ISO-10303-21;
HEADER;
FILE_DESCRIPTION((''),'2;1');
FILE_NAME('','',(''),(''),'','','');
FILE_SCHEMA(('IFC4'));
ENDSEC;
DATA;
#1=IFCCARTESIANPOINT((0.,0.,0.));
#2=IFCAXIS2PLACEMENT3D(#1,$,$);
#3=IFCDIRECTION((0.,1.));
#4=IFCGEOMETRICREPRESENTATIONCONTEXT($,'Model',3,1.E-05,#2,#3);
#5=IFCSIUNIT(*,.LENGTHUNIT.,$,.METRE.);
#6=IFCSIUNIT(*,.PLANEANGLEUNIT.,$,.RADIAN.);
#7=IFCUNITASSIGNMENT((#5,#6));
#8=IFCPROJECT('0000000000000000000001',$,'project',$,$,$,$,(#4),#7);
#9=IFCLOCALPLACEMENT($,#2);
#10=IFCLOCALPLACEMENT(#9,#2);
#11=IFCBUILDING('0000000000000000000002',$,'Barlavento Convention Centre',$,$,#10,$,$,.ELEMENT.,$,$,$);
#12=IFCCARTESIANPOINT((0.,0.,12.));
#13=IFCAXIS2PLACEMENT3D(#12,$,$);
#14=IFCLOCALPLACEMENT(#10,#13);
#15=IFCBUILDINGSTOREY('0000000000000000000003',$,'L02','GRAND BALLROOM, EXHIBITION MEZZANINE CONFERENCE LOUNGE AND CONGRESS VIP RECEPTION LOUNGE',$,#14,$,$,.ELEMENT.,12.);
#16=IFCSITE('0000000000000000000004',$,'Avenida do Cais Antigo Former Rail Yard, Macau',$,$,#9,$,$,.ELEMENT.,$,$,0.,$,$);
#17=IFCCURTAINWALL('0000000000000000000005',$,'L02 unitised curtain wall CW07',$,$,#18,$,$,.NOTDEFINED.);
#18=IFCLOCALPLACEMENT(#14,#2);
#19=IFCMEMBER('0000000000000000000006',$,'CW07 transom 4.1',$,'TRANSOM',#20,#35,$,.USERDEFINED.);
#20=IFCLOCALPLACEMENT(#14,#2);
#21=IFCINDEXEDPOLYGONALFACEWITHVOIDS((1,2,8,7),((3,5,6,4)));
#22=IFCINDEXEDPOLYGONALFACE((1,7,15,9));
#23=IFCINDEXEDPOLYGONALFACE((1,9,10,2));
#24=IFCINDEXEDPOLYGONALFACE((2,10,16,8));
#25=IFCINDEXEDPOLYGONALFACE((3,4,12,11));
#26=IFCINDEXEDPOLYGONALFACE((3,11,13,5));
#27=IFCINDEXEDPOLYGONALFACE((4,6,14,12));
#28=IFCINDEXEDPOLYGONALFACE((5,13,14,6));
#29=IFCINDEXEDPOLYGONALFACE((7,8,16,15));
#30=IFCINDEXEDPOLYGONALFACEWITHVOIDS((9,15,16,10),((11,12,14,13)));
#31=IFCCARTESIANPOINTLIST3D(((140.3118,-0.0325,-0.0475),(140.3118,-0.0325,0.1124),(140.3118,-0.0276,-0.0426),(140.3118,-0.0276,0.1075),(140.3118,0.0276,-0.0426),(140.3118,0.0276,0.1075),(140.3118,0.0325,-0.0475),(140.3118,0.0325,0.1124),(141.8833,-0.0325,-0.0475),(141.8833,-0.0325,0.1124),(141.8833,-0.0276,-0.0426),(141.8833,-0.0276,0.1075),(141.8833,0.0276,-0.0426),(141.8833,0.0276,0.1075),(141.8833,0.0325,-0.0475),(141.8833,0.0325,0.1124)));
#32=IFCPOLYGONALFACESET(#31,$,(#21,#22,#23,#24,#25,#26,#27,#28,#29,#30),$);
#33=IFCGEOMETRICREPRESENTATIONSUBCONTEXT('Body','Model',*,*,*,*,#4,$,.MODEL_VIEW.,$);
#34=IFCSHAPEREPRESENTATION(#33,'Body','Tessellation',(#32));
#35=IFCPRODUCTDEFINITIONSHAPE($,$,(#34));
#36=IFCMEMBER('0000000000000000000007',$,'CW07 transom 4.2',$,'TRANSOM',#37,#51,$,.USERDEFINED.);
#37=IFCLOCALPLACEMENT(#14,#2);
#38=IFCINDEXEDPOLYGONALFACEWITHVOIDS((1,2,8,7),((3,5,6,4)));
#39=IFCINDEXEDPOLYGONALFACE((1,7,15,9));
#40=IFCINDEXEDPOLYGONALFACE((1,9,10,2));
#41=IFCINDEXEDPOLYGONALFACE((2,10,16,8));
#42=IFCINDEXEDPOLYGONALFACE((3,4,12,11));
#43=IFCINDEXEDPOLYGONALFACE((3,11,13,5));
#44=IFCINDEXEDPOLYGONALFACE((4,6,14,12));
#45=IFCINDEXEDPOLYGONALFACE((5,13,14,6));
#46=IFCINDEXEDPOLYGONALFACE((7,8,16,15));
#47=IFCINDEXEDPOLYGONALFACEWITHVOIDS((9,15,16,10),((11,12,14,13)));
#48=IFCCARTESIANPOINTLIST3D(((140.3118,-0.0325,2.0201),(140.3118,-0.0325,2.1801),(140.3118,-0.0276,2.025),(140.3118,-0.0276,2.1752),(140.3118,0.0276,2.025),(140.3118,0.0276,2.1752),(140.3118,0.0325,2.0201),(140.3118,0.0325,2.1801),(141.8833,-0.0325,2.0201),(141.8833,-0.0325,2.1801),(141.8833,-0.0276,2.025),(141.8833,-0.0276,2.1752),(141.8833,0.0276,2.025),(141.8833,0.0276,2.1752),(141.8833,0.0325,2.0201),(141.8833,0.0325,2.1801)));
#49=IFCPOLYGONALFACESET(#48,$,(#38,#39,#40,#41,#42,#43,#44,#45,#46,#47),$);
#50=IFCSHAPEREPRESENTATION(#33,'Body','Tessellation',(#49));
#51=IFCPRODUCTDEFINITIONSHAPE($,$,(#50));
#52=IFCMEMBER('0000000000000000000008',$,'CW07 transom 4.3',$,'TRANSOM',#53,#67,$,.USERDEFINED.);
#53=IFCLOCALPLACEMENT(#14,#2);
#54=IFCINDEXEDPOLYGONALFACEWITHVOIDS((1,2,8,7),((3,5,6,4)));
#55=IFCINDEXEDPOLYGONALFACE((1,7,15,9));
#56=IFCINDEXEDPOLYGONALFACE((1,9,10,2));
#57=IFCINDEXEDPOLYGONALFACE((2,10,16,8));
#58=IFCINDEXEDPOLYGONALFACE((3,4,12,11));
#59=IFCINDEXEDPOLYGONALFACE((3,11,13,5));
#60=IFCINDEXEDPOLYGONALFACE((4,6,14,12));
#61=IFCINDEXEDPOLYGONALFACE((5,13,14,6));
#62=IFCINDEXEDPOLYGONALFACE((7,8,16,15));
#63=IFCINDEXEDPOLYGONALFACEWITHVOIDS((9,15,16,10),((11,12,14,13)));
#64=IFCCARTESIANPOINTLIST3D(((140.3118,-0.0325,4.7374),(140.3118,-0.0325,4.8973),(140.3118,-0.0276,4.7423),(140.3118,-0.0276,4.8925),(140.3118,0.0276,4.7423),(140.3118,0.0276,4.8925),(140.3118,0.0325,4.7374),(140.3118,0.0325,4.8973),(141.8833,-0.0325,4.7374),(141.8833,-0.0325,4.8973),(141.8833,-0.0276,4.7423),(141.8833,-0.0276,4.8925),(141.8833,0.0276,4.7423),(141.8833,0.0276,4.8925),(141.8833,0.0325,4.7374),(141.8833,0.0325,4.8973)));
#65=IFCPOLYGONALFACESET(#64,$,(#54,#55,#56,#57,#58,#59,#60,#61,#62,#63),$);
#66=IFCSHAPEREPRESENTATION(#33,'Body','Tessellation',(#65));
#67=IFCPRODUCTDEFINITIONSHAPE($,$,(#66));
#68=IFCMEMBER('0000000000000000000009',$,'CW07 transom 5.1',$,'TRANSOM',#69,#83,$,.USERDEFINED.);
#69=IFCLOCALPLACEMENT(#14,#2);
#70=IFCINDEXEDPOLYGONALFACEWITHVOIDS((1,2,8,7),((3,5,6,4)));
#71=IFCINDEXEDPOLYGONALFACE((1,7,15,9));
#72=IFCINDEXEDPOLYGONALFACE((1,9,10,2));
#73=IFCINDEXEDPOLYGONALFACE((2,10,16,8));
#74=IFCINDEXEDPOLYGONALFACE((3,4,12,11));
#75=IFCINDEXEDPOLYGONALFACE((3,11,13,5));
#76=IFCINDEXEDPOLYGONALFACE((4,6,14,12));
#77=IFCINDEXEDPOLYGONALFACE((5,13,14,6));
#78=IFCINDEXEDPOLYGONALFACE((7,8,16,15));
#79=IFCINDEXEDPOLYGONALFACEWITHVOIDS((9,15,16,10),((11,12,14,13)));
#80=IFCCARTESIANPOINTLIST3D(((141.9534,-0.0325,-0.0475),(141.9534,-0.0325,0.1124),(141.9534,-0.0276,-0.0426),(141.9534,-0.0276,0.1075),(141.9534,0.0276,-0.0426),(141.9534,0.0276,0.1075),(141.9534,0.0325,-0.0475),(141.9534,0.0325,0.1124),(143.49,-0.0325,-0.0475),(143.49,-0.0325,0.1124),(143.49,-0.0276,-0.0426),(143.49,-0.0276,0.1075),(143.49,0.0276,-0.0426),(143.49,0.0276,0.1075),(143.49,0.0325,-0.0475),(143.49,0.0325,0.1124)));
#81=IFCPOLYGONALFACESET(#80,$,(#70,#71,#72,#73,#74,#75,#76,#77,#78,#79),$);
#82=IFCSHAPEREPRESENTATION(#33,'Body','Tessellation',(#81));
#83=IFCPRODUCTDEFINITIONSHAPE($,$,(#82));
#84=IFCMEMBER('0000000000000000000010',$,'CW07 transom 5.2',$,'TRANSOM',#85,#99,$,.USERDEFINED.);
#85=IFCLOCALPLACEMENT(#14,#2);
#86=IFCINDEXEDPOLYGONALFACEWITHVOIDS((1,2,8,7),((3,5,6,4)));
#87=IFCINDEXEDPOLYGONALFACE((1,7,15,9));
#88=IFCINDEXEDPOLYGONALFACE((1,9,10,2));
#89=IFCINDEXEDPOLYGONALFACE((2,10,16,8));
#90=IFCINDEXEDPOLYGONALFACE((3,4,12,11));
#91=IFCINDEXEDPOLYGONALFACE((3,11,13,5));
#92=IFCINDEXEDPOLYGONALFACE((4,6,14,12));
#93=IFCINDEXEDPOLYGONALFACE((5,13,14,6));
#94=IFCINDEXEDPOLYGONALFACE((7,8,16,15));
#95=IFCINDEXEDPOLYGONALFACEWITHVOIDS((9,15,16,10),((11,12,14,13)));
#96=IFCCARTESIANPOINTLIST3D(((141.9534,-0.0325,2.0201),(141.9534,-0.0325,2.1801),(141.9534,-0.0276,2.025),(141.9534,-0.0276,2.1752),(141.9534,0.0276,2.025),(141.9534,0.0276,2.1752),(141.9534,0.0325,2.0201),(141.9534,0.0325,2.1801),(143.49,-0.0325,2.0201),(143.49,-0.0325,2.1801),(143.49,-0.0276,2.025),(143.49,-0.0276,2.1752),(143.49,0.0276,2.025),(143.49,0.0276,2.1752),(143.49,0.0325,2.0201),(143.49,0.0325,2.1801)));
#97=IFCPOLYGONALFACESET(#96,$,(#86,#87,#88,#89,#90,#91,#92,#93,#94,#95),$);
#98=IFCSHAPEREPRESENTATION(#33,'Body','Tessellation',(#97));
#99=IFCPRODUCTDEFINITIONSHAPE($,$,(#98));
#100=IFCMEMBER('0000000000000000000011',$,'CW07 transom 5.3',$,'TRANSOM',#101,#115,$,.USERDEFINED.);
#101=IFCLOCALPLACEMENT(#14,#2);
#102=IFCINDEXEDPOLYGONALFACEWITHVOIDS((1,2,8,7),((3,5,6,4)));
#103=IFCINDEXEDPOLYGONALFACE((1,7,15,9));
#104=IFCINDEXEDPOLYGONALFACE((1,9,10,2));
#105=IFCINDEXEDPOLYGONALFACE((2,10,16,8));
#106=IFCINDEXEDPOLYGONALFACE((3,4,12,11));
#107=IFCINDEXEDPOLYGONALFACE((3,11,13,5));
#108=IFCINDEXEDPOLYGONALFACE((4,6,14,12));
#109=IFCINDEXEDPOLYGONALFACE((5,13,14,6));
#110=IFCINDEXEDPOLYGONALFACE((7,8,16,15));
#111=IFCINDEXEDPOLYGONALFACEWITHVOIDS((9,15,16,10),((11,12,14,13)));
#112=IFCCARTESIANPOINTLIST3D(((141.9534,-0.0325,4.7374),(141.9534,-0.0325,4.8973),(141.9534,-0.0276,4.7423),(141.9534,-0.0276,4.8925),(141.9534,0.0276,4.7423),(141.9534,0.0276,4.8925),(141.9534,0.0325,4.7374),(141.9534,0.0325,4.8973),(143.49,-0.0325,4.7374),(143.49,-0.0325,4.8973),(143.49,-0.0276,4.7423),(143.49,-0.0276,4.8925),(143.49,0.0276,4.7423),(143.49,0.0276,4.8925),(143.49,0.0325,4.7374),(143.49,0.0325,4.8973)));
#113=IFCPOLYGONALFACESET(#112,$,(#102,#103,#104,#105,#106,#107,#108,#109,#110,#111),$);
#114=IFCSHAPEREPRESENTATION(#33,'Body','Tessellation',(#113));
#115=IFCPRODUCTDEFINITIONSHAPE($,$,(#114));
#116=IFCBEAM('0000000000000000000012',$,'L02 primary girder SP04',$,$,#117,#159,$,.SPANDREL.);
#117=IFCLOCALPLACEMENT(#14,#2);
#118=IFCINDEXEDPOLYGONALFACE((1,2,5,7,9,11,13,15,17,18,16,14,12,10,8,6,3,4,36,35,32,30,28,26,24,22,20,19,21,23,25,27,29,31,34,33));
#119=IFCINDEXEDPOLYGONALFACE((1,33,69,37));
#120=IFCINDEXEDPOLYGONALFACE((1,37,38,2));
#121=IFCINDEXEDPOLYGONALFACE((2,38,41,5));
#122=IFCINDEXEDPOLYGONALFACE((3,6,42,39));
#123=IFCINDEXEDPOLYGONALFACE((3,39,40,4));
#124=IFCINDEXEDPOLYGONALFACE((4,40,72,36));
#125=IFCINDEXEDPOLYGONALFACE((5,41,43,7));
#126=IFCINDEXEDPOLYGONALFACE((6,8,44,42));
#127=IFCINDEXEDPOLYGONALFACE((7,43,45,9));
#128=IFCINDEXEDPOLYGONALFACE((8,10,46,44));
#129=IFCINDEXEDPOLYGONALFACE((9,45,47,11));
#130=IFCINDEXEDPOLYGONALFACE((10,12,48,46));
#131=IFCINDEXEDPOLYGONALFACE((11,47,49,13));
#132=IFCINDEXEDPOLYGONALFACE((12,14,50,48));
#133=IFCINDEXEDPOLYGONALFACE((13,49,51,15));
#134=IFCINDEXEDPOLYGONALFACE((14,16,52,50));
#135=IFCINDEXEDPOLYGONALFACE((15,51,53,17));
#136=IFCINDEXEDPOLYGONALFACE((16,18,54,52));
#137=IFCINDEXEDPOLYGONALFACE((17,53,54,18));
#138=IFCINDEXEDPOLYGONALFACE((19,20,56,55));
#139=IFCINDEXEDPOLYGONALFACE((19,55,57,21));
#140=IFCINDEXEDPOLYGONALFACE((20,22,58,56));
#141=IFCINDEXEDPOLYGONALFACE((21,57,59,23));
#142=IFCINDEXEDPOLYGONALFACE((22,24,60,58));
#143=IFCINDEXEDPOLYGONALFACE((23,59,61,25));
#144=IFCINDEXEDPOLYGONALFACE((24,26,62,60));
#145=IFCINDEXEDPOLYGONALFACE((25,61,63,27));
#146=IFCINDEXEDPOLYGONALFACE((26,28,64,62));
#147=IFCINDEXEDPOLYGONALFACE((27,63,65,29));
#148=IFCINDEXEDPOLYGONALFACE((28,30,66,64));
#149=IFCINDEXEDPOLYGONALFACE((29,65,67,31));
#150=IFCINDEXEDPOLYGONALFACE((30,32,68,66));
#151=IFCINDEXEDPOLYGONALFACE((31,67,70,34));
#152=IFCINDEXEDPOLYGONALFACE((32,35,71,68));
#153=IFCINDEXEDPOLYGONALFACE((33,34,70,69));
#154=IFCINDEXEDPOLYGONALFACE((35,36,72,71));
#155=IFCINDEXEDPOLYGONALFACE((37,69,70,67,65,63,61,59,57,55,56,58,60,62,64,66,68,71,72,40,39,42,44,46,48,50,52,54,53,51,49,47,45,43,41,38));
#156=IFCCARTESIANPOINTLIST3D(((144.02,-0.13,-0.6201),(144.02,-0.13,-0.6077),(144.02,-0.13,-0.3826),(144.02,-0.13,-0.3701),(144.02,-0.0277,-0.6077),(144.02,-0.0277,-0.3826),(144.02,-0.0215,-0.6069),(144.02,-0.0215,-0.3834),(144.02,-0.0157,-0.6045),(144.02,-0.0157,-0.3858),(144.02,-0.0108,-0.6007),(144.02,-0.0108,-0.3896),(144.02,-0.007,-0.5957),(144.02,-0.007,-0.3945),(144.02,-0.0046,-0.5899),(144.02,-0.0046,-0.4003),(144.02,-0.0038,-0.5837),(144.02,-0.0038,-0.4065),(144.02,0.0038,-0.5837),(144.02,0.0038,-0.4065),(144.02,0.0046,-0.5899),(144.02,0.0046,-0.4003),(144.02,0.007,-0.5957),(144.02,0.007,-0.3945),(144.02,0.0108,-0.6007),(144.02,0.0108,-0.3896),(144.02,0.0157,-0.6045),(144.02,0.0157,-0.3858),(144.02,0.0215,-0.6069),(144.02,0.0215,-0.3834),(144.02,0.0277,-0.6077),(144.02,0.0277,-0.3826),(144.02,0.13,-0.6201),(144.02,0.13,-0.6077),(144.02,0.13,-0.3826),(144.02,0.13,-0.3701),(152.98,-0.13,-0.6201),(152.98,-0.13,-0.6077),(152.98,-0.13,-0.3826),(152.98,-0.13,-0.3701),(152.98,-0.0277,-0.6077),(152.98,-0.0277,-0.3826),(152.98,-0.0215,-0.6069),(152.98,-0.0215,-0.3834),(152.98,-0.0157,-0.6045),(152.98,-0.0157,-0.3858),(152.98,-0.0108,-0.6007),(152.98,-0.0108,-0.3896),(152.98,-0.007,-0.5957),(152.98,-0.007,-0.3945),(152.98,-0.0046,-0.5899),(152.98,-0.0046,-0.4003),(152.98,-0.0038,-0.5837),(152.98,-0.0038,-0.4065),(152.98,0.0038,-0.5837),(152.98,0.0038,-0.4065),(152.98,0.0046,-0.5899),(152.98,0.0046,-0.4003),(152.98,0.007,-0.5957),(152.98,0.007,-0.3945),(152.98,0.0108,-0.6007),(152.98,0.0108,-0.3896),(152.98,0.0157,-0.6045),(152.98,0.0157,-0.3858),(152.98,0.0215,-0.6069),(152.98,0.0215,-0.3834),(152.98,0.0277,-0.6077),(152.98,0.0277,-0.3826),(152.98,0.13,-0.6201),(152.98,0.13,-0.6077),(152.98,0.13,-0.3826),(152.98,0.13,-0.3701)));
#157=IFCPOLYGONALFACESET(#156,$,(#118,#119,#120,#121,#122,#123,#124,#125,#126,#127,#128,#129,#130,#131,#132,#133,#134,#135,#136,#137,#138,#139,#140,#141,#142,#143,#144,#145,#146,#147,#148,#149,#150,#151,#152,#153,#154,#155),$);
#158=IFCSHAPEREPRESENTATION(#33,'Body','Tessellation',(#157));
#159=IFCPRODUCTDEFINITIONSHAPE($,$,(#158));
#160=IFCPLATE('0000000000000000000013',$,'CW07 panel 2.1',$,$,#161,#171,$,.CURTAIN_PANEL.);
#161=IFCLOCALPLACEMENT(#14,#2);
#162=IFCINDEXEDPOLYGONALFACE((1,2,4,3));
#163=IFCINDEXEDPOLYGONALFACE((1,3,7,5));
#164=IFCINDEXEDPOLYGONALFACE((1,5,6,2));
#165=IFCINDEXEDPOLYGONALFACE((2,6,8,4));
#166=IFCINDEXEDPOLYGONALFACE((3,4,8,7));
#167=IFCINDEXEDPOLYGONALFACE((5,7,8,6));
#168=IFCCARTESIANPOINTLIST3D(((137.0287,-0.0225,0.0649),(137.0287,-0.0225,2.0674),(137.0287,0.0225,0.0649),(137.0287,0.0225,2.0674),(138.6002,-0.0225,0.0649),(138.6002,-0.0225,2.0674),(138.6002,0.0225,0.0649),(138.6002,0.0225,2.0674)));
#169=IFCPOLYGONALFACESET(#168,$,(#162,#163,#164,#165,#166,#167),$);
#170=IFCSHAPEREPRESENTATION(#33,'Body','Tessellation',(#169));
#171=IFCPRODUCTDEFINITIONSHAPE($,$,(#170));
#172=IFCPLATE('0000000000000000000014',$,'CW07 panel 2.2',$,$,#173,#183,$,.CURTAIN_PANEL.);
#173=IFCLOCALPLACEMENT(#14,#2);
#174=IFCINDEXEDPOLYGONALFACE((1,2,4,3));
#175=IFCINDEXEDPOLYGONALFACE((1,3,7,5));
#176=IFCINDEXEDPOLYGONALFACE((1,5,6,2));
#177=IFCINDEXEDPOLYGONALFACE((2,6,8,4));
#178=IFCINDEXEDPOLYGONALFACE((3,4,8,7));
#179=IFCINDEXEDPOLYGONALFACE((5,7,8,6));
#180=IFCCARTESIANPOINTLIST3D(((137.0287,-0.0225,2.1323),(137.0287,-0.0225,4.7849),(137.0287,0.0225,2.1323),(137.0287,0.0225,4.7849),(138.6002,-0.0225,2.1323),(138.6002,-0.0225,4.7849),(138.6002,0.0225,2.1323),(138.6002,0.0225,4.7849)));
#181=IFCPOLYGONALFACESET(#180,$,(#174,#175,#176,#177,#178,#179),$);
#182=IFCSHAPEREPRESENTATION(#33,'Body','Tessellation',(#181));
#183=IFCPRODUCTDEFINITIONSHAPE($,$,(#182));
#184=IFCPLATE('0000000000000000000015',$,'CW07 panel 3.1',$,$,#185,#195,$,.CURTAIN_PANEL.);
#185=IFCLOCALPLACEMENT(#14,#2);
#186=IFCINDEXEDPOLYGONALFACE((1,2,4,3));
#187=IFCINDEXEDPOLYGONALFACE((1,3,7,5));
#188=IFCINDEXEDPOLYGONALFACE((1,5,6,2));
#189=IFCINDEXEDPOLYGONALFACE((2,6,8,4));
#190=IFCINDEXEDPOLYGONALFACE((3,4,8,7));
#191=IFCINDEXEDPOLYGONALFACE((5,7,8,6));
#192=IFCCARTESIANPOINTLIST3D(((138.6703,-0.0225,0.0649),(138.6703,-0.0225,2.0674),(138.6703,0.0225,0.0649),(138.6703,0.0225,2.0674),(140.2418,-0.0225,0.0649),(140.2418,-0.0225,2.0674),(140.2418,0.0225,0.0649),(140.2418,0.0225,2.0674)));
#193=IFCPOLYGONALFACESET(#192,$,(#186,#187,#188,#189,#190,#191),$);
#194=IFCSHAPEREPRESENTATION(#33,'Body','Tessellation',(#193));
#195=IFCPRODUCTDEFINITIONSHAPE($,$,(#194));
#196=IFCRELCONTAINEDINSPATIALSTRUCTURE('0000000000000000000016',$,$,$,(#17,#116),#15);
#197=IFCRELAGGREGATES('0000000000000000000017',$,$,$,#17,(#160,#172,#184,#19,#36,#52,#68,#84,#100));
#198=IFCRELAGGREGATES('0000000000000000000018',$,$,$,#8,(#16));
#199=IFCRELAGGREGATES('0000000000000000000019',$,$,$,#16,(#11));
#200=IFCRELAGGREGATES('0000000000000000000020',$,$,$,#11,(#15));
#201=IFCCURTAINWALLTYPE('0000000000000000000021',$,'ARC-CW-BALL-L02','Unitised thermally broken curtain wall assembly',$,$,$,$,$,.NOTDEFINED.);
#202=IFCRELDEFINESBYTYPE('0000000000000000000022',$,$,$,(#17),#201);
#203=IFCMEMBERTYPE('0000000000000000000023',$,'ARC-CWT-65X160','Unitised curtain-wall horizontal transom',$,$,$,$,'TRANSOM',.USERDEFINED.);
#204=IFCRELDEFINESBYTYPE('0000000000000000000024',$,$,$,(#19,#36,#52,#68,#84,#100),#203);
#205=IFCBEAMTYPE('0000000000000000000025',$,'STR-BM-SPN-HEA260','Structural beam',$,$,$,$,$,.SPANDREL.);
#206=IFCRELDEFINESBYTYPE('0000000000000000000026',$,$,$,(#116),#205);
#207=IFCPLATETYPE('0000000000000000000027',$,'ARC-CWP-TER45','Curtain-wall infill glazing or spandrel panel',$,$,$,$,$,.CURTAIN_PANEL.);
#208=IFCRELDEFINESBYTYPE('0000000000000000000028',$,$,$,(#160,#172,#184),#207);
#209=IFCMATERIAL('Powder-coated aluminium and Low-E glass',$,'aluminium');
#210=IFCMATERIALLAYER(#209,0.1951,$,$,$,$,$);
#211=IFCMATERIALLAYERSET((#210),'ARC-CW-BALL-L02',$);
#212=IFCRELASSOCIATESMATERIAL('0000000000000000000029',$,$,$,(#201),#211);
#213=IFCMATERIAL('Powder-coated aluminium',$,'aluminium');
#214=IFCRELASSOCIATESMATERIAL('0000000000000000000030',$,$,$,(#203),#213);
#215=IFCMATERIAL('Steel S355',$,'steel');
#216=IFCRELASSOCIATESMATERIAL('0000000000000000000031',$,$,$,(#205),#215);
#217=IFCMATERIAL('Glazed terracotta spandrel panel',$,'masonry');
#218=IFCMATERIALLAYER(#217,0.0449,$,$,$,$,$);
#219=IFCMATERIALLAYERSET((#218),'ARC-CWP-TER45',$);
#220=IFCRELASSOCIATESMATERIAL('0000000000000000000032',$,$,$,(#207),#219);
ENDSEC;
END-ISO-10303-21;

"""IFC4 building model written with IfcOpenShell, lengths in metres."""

from ifc_helpers import new_model, si_unit, direction, frame, origin, origin_2d, place, context, subcontext, project, spatial, rectangle, hollow_rectangle, i_section, extrude, material, layer, layer_set, material_profile, profile_set, type_object, element, aggregate, save


model = new_model("IFC4")

# Units and contexts
model_context = context("Model", 3, precision=1e-05, world=origin(), true_north=direction((0.0, 1.0)))
body_context = subcontext(model_context, "Body", "Model", "MODEL_VIEW")
ifc_project = project(units=[si_unit("LENGTHUNIT", "METRE"), si_unit("PLANEANGLEUNIT", "RADIAN")], contexts=[model_context])

# Site, building, storey
site_placement = place(None, origin())
site = spatial("IfcSite", under=ifc_project, at=site_placement, Name="Avenida do Cais Antigo Former Rail Yard, Macau", CompositionType="ELEMENT", RefElevation=0.0)
building_placement = place(site_placement, origin())
building = spatial("IfcBuilding", under=site, at=building_placement, Name="Barlavento Convention Centre", CompositionType="ELEMENT")
storey_placement = place(building_placement, frame((0.0, 0.0, 12.0)))
storey = spatial("IfcBuildingStorey", under=building, at=storey_placement, Name="L02", Description="GRAND BALLROOM, EXHIBITION MEZZANINE CONFERENCE LOUNGE AND CONGRESS VIP RECEPTION LOUNGE", CompositionType="ELEMENT", Elevation=12.0)

# Curtain wall, members
ifc_material_1 = material(Name="Powder-coated aluminium and Low-E glass", Category="aluminium")
ifc_layer_1 = layer(ifc_material_1, 0.1951)
ifc_layer_set_1 = layer_set([ifc_layer_1], Name="ARC-CW-BALL-L02")
curtain_wall_type = type_object("IfcCurtainWallType", Name="ARC-CW-BALL-L02", Description="Unitised thermally broken curtain wall assembly", PredefinedType="NOTDEFINED", material=ifc_layer_set_1)
curtain_wall_placement = place(storey_placement, origin())
curtain_wall = element("IfcCurtainWall", 1, at=curtain_wall_placement, inside=storey, type_object=curtain_wall_type, Name="L02 unitised curtain wall CW07", PredefinedType="NOTDEFINED")
ifc_material_2 = material(Name="Powder-coated aluminium", Category="aluminium")
ifc_material_profile_1 = material_profile(ifc_material_2, hollow_rectangle(XDim=0.0649, YDim=0.1599, WallThickness=0.0049, at=origin_2d()), Name="AL-TRAN 65x160x5")
ifc_profile_set_1 = profile_set([ifc_material_profile_1], Name="Powder-coated aluminium")
member_type_1 = type_object("IfcMemberType", Name="ARC-CWT-65X160", Description="Unitised curtain-wall horizontal transom", ElementType="TRANSOM", PredefinedType="USERDEFINED", material=ifc_profile_set_1)
member_1_placement = place(storey_placement, frame((140.3118, 0.0, 0.0325), z_axis=(1.0, 0.0, 0.0), x_axis=(0.0, 1.0, 0.0)))
member_1 = element("IfcMember", 2, at=member_1_placement, type_object=member_type_1, Name="CW07 transom 4.1", ObjectType="TRANSOM", PredefinedType="USERDEFINED", context=body_context, shape_type="SweptSolid", body=[
    extrude(hollow_rectangle(XDim=0.0649, YDim=0.1599, WallThickness=0.0049, at=origin_2d()), origin(), (0.0, 0.0, 1.0), 1.5715),
])
member_2_placement = place(storey_placement, frame((140.3118, 0.0, 2.1001), z_axis=(1.0, 0.0, 0.0), x_axis=(0.0, 1.0, 0.0)))
member_2 = element("IfcMember", 3, at=member_2_placement, type_object=member_type_1, Name="CW07 transom 4.2", ObjectType="TRANSOM", PredefinedType="USERDEFINED", context=body_context, shape_type="SweptSolid", body=[
    extrude(hollow_rectangle(XDim=0.0649, YDim=0.1599, WallThickness=0.0049, at=origin_2d()), origin(), (0.0, 0.0, 1.0), 1.5715),
])
member_3_placement = place(storey_placement, frame((140.3118, 0.0, 4.8174), z_axis=(1.0, 0.0, 0.0), x_axis=(0.0, 1.0, 0.0)))
member_3 = element("IfcMember", 4, at=member_3_placement, type_object=member_type_1, Name="CW07 transom 4.3", ObjectType="TRANSOM", PredefinedType="USERDEFINED", context=body_context, shape_type="SweptSolid", body=[
    extrude(hollow_rectangle(XDim=0.0649, YDim=0.1599, WallThickness=0.0049, at=origin_2d()), origin(), (0.0, 0.0, 1.0), 1.5715),
])
member_4_placement = place(storey_placement, frame((141.9534, 0.0, 0.0325), z_axis=(1.0, 0.0, 0.0), x_axis=(0.0, 1.0, 0.0)))
member_4 = element("IfcMember", 5, at=member_4_placement, type_object=member_type_1, Name="CW07 transom 5.1", ObjectType="TRANSOM", PredefinedType="USERDEFINED", context=body_context, shape_type="SweptSolid", body=[
    extrude(hollow_rectangle(XDim=0.0649, YDim=0.1599, WallThickness=0.0049, at=origin_2d()), origin(), (0.0, 0.0, 1.0), 1.5366),
])
member_5_placement = place(storey_placement, frame((141.9534, 0.0, 2.1001), z_axis=(1.0, 0.0, 0.0), x_axis=(0.0, 1.0, 0.0)))
member_5 = element("IfcMember", 6, at=member_5_placement, type_object=member_type_1, Name="CW07 transom 5.2", ObjectType="TRANSOM", PredefinedType="USERDEFINED", context=body_context, shape_type="SweptSolid", body=[
    extrude(hollow_rectangle(XDim=0.0649, YDim=0.1599, WallThickness=0.0049, at=origin_2d()), origin(), (0.0, 0.0, 1.0), 1.5366),
])
member_6_placement = place(storey_placement, frame((141.9534, 0.0, 4.8174), z_axis=(1.0, 0.0, 0.0), x_axis=(0.0, 1.0, 0.0)))
member_6 = element("IfcMember", 7, at=member_6_placement, type_object=member_type_1, Name="CW07 transom 5.3", ObjectType="TRANSOM", PredefinedType="USERDEFINED", context=body_context, shape_type="SweptSolid", body=[
    extrude(hollow_rectangle(XDim=0.0649, YDim=0.1599, WallThickness=0.0049, at=origin_2d()), origin(), (0.0, 0.0, 1.0), 1.5366),
])

# Beam
ifc_material_3 = material(Name="Steel S355", Category="steel")
ifc_material_profile_2 = material_profile(ifc_material_3, i_section(OverallWidth=0.26, OverallDepth=0.25, WebThickness=0.0076, FlangeThickness=0.0125, FilletRadius=0.0239, at=origin_2d()), Name="HEA 260")
ifc_profile_set_2 = profile_set([ifc_material_profile_2], Name="Steel S355")
beam_type = type_object("IfcBeamType", Name="STR-BM-SPN-HEA260", Description="Structural beam", PredefinedType="SPANDREL", material=ifc_profile_set_2)
beam_placement = place(storey_placement, frame((144.02, 0.0, -0.4951), z_axis=(1.0, 0.0, 0.0), x_axis=(0.0, 1.0, 0.0)))
element("IfcBeam", 8, at=beam_placement, inside=storey, type_object=beam_type, Name="L02 primary girder SP04", PredefinedType="SPANDREL", context=body_context, shape_type="SweptSolid", body=[
    extrude(i_section(OverallWidth=0.26, OverallDepth=0.25, WebThickness=0.0076, FlangeThickness=0.0125, FilletRadius=0.0239, at=origin_2d()), origin(), (0.0, 0.0, 1.0), 8.96),
])

# Plates
ifc_material_4 = material(Name="Glazed terracotta spandrel panel", Category="masonry")
ifc_layer_2 = layer(ifc_material_4, 0.0449)
ifc_layer_set_2 = layer_set([ifc_layer_2], Name="ARC-CWP-TER45")
plate_type = type_object("IfcPlateType", Name="ARC-CWP-TER45", Description="Curtain-wall infill glazing or spandrel panel", PredefinedType="CURTAIN_PANEL", material=ifc_layer_set_2)
plate_1_placement = place(storey_placement, frame((137.8145, 0.0, 0.0649), z_axis=(0.0, 0.0, 1.0), x_axis=(1.0, 0.0, 0.0)))
plate_1 = element("IfcPlate", 9, at=plate_1_placement, type_object=plate_type, Name="CW07 panel 2.1", PredefinedType="CURTAIN_PANEL", context=body_context, shape_type="SweptSolid", body=[
    extrude(rectangle(XDim=1.5715, YDim=0.0449, at=origin_2d()), origin(), (0.0, 0.0, 1.0), 2.0024),
])
plate_2_placement = place(storey_placement, frame((137.8145, 0.0, 2.1323), z_axis=(0.0, 0.0, 1.0), x_axis=(1.0, 0.0, 0.0)))
plate_2 = element("IfcPlate", 10, at=plate_2_placement, type_object=plate_type, Name="CW07 panel 2.2", PredefinedType="CURTAIN_PANEL", context=body_context, shape_type="SweptSolid", body=[
    extrude(rectangle(XDim=1.5715, YDim=0.0449, at=origin_2d()), origin(), (0.0, 0.0, 1.0), 2.6526),
])
plate_3_placement = place(storey_placement, frame((139.4561, 0.0, 0.0649), z_axis=(0.0, 0.0, 1.0), x_axis=(1.0, 0.0, 0.0)))
plate_3 = element("IfcPlate", 11, at=plate_3_placement, type_object=plate_type, Name="CW07 panel 3.1", PredefinedType="CURTAIN_PANEL", context=body_context, shape_type="SweptSolid", body=[
    extrude(rectangle(XDim=1.5715, YDim=0.0449, at=origin_2d()), origin(), (0.0, 0.0, 1.0), 2.0024),
])
aggregate(curtain_wall, [plate_1, plate_2, plate_3, member_1, member_2, member_3, member_4, member_5, member_6])

save(model, "model.ifc")
